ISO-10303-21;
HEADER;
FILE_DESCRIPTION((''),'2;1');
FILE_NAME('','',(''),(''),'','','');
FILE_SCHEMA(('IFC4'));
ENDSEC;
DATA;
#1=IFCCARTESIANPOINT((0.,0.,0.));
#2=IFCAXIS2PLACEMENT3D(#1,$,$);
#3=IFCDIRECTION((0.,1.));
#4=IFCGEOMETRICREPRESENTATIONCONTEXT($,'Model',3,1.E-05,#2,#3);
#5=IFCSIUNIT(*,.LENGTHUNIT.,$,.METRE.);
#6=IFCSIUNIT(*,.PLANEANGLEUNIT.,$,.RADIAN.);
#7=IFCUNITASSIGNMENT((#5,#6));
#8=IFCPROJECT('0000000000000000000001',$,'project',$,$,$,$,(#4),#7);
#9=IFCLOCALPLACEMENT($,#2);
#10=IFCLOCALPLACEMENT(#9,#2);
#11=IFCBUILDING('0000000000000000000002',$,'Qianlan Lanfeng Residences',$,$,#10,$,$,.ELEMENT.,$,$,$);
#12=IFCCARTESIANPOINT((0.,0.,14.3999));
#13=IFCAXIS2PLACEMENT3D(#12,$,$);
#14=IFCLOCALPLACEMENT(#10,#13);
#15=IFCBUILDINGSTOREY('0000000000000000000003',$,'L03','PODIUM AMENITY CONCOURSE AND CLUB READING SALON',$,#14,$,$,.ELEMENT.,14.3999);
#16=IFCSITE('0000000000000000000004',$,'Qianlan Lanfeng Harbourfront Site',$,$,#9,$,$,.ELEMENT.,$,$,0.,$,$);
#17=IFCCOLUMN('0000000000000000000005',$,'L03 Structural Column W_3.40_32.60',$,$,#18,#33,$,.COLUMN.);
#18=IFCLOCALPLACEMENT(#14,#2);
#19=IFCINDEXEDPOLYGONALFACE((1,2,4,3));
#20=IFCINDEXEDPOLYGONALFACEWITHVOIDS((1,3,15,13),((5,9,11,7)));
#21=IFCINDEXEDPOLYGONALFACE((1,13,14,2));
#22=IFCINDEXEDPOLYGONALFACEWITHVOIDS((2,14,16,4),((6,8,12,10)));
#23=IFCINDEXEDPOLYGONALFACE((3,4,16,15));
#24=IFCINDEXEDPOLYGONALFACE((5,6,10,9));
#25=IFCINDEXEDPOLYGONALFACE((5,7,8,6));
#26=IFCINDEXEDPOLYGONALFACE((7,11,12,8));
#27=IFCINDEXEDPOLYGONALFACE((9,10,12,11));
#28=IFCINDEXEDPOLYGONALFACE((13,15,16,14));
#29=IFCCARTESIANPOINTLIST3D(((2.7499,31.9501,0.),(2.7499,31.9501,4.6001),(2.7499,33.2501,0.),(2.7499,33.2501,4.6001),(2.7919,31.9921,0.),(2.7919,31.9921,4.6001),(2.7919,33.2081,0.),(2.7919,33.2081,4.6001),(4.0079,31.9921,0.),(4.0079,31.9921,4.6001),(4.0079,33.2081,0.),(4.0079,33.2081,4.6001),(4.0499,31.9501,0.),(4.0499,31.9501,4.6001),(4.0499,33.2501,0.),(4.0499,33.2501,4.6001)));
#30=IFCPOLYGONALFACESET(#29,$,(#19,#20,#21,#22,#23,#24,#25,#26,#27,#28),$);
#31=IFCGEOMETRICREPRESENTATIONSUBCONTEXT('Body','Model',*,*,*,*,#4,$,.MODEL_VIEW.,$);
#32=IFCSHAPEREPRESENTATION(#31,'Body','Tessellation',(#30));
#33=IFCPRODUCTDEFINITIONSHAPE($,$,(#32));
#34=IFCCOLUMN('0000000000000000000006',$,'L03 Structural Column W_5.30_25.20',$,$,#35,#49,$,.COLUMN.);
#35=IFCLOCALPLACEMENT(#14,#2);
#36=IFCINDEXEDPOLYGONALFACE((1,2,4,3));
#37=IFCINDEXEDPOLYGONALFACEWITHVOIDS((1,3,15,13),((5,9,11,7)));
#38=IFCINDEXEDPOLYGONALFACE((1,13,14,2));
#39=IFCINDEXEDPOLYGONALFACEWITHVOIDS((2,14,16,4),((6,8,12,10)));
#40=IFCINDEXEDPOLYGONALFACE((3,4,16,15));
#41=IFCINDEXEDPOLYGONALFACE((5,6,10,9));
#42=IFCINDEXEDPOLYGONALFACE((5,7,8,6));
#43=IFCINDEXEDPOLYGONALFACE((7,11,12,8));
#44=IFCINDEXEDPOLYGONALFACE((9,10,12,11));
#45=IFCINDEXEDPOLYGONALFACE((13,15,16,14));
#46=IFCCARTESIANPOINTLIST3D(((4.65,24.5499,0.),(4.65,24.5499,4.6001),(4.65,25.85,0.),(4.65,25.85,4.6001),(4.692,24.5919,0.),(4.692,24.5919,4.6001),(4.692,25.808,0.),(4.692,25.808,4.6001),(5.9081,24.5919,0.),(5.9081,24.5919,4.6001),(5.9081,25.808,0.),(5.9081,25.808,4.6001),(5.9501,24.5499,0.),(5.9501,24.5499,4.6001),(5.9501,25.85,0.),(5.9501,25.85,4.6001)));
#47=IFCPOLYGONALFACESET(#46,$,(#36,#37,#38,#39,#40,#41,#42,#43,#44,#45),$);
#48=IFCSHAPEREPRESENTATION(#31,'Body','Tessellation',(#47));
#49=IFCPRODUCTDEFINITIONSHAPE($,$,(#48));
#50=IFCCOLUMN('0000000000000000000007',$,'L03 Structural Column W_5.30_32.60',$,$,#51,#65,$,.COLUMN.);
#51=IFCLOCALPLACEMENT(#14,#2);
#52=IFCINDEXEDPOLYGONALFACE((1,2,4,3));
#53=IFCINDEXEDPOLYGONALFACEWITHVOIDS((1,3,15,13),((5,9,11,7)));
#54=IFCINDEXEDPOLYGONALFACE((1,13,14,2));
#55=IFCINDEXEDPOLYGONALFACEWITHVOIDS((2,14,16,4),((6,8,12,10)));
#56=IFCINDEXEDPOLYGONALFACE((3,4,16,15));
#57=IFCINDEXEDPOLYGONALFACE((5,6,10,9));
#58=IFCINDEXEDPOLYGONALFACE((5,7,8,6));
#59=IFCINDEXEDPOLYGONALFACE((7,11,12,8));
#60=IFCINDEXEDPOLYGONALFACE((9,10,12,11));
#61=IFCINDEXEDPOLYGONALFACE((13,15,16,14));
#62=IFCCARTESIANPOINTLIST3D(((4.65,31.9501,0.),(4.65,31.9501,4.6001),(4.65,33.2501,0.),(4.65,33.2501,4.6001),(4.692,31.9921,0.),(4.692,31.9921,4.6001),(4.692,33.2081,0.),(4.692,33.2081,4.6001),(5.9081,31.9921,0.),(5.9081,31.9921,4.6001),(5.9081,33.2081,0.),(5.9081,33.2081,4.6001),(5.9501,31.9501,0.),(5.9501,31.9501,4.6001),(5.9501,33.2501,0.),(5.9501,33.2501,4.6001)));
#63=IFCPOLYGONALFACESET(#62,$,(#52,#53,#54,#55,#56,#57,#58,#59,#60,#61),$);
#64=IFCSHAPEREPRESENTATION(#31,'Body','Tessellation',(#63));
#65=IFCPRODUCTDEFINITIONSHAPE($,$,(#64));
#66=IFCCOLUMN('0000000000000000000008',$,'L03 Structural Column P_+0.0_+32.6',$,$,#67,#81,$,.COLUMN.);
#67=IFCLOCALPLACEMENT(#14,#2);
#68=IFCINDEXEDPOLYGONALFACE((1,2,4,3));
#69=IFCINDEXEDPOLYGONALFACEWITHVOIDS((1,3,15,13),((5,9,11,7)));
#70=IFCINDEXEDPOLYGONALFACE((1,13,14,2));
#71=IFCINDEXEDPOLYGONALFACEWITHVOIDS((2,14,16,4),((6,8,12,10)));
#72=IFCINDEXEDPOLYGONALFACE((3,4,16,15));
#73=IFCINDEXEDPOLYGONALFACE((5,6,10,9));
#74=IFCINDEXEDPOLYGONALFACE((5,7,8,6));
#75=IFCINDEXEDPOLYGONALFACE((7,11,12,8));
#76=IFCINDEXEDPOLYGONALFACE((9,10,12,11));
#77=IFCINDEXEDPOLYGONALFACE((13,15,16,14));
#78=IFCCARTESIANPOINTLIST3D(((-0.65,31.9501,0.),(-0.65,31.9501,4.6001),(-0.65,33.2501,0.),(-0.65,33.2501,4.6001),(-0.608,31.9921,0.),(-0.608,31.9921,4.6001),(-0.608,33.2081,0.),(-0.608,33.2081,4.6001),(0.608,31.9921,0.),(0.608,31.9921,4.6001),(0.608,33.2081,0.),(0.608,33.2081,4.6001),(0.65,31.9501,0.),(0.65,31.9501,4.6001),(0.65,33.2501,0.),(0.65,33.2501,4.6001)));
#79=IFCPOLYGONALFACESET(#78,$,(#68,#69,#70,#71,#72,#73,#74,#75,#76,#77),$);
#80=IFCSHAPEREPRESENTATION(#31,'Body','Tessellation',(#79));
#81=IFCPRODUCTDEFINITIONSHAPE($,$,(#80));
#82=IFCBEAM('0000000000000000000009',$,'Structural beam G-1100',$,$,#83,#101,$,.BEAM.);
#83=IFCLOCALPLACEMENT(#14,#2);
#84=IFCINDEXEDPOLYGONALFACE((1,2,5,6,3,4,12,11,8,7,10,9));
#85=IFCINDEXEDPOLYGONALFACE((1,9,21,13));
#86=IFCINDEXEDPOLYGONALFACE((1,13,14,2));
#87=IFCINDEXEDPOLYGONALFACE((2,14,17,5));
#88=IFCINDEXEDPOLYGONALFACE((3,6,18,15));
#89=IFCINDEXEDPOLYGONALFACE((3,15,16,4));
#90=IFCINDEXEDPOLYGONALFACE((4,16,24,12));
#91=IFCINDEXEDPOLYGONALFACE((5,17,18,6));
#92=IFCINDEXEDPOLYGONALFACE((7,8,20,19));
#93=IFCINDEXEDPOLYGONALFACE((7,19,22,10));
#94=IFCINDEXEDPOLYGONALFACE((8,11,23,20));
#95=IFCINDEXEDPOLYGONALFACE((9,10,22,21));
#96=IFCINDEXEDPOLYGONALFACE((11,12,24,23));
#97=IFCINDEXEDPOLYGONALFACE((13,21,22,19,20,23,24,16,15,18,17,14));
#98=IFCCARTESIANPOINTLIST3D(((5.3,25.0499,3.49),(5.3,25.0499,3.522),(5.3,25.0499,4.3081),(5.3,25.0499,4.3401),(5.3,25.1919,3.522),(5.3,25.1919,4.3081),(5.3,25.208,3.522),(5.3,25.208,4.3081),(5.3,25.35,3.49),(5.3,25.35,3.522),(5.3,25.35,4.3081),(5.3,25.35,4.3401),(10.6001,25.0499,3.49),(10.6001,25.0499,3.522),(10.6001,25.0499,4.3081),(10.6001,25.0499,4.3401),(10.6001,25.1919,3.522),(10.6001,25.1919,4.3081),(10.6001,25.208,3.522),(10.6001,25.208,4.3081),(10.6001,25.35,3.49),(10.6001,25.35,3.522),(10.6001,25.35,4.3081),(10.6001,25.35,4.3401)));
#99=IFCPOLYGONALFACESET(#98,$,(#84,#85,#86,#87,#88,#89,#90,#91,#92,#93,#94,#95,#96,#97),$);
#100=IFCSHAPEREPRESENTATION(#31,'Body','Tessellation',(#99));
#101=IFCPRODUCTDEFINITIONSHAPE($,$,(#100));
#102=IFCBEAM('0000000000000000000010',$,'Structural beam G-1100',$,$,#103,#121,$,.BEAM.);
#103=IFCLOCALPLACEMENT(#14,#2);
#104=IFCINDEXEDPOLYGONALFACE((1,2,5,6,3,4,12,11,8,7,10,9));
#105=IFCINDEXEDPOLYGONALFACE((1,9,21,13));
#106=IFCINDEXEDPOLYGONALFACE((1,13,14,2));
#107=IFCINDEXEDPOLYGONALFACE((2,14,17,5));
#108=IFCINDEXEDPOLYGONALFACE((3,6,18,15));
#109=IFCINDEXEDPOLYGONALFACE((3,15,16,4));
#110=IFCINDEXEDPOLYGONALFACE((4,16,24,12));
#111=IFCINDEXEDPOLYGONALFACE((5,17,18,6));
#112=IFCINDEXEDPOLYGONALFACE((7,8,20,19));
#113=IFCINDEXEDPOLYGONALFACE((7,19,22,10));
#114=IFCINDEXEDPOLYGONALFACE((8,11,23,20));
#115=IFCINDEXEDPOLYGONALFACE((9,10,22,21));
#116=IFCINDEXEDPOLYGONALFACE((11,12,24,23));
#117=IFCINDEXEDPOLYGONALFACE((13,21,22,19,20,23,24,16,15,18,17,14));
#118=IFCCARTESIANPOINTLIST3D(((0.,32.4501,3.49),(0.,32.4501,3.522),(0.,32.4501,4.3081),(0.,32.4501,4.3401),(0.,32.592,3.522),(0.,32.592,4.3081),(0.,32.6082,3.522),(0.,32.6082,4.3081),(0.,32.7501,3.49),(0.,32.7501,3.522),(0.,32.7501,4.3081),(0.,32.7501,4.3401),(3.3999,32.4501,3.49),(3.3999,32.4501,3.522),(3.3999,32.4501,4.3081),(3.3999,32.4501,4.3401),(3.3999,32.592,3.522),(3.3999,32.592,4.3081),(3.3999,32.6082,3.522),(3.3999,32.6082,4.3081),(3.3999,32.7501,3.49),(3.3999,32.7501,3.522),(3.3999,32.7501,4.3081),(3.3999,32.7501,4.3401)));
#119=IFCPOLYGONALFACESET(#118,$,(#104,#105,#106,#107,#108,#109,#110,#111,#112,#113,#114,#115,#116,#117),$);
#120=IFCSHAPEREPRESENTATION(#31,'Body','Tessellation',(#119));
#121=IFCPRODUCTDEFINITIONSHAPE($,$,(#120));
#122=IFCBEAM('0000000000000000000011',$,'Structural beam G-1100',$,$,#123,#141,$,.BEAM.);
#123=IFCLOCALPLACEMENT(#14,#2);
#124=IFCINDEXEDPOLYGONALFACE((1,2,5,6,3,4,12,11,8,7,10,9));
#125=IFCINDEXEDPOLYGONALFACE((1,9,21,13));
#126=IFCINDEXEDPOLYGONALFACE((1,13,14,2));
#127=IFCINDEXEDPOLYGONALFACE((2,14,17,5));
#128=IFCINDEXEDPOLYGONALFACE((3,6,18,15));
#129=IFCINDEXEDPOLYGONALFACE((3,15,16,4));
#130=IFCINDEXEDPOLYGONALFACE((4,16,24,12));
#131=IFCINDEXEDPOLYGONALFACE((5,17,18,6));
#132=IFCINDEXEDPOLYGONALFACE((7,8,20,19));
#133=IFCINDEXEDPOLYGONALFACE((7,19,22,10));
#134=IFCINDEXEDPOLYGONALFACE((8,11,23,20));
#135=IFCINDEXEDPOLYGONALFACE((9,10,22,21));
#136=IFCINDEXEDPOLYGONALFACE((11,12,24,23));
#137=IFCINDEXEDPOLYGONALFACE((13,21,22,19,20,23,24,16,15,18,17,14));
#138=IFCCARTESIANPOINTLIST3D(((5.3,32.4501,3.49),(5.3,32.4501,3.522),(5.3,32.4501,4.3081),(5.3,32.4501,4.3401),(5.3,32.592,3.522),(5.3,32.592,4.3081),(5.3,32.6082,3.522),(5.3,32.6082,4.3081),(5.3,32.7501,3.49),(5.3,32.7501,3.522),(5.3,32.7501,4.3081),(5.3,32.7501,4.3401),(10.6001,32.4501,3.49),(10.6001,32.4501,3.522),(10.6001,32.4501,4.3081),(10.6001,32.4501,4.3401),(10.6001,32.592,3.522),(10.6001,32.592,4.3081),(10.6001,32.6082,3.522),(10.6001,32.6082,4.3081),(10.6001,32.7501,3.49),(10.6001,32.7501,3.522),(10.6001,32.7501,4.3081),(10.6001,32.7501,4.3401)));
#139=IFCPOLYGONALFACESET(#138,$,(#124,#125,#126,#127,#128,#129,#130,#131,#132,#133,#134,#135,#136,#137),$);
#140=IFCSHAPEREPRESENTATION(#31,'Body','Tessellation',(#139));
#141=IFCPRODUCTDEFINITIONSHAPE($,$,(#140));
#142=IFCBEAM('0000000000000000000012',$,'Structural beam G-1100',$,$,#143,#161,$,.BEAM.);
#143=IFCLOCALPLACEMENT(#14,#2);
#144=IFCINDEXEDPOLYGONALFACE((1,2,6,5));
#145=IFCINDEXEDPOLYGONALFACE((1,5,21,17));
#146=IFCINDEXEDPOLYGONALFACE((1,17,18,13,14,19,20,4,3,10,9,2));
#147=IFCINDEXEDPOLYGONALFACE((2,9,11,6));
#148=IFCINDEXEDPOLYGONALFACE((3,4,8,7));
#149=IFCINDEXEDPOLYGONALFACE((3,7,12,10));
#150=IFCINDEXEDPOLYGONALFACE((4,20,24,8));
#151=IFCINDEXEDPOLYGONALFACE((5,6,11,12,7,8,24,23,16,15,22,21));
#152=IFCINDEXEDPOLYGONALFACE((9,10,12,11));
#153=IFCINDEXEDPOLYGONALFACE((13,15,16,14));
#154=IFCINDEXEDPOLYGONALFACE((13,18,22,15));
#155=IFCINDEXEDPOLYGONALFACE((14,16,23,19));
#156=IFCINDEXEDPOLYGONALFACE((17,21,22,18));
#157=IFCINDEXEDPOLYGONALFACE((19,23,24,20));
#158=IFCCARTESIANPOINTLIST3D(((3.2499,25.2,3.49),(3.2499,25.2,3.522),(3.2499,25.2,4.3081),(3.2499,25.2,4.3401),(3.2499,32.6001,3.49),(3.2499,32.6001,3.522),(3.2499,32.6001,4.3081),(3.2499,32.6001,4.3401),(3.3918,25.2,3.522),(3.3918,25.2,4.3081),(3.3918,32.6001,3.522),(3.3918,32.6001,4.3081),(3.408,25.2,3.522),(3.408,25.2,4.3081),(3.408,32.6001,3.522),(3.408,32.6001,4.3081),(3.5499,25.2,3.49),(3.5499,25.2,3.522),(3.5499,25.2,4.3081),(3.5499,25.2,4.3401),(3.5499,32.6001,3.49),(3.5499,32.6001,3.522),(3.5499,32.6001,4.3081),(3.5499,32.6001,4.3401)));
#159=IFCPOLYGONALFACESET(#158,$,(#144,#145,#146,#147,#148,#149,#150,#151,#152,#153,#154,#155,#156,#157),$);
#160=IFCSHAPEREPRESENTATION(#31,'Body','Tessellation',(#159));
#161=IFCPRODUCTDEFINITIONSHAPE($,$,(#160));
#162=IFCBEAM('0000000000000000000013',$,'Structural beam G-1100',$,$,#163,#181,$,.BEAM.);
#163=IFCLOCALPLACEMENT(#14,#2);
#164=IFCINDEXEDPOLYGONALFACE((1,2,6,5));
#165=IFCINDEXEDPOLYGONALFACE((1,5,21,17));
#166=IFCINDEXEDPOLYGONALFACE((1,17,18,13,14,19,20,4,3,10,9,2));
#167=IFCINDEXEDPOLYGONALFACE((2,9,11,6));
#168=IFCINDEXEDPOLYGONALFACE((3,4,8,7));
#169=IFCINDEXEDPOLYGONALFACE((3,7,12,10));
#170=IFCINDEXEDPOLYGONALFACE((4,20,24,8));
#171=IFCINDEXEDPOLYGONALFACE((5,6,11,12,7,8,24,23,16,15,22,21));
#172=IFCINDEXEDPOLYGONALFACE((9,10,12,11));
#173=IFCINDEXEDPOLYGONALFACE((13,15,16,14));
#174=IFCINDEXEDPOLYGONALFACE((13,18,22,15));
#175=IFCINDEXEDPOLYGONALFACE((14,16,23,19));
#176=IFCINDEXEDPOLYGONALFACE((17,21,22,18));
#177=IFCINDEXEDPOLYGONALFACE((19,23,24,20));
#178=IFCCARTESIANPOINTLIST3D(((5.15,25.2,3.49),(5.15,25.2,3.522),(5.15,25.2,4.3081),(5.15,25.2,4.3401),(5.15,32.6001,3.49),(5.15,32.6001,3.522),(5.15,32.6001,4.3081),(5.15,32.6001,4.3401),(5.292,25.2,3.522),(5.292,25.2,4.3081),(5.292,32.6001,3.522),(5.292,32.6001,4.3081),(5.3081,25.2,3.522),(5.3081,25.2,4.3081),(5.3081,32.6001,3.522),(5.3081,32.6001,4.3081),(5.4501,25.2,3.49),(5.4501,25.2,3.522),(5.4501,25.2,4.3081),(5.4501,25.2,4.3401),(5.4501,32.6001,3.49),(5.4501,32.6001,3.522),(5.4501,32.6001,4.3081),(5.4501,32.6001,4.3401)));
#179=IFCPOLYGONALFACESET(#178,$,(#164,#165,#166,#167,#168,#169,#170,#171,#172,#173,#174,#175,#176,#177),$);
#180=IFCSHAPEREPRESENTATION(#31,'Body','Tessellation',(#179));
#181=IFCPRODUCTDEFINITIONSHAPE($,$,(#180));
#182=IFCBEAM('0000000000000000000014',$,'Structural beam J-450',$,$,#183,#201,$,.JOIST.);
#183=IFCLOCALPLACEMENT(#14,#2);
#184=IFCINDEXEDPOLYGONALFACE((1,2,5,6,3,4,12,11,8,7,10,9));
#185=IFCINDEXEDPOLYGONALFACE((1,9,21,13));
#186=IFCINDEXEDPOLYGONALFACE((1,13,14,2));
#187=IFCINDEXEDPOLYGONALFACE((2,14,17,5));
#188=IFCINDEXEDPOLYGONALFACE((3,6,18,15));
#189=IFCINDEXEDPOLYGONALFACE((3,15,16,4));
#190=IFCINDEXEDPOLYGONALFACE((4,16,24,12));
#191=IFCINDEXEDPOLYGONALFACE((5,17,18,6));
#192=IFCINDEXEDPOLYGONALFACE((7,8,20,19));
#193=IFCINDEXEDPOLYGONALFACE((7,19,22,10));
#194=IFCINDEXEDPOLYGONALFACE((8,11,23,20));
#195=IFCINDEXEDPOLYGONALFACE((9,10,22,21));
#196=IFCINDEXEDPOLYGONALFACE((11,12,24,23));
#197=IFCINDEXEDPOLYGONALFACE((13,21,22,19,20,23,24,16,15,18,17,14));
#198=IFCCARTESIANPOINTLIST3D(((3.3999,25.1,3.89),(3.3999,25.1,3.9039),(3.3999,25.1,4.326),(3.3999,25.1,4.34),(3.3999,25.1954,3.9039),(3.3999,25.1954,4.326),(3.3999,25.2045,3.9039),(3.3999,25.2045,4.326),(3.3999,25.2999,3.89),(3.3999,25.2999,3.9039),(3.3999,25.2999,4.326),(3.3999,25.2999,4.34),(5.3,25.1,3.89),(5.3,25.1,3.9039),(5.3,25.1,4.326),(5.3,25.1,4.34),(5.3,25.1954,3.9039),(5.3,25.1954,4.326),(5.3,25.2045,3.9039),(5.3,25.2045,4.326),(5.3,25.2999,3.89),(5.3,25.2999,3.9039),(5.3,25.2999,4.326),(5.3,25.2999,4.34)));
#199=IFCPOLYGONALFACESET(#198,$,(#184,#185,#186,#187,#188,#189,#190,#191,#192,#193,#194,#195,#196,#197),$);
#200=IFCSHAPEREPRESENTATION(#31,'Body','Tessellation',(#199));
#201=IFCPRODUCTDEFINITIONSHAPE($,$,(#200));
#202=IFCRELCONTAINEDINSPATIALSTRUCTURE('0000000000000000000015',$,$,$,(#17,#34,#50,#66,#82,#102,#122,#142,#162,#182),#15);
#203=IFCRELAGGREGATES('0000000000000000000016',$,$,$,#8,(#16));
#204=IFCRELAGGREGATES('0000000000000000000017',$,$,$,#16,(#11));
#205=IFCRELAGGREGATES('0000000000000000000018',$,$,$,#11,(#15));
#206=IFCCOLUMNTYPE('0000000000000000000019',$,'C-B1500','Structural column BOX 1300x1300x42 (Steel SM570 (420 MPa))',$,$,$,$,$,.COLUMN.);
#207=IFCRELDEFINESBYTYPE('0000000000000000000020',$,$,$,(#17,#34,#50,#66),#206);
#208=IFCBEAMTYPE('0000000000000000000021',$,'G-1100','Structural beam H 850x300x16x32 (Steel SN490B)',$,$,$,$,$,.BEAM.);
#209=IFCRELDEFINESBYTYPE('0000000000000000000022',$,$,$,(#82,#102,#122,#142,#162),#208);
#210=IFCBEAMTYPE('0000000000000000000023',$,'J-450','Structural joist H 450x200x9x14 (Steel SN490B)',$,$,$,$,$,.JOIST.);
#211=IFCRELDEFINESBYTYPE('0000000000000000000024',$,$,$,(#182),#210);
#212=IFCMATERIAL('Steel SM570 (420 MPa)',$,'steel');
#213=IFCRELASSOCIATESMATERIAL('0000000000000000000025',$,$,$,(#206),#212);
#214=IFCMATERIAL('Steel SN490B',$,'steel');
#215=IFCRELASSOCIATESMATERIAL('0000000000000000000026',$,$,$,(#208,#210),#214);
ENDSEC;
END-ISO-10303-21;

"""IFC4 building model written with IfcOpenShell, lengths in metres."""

from ifc_helpers import new_model, si_unit, direction, frame, origin, origin_2d, place, context, subcontext, project, spatial, hollow_rectangle, i_section, extrude, material, material_profile, profile_set, type_object, element, save


model = new_model("IFC4")

# Units and contexts
model_context = context("Model", 3, precision=1e-05, world=origin(), true_north=direction((0.0, 1.0)))
body_context = subcontext(model_context, "Body", "Model", "MODEL_VIEW")
ifc_project = project(units=[si_unit("LENGTHUNIT", "METRE"), si_unit("PLANEANGLEUNIT", "RADIAN")], contexts=[model_context])

# Site, building, storey
site_placement = place(None, origin())
site = spatial("IfcSite", under=ifc_project, at=site_placement, Name="Qianlan Lanfeng Harbourfront Site", CompositionType="ELEMENT", RefElevation=0.0)
building_placement = place(site_placement, origin())
building = spatial("IfcBuilding", under=site, at=building_placement, Name="Qianlan Lanfeng Residences", CompositionType="ELEMENT")
storey_placement = place(building_placement, frame((0.0, 0.0, 14.3999)))
storey = spatial("IfcBuildingStorey", under=building, at=storey_placement, Name="L03", Description="PODIUM AMENITY CONCOURSE AND CLUB READING SALON", CompositionType="ELEMENT", Elevation=14.3999)

# Columns
ifc_material_1 = material(Name="Steel SM570 (420 MPa)", Category="steel")
ifc_material_profile_1 = material_profile(ifc_material_1, hollow_rectangle(XDim=1.3, YDim=1.3, WallThickness=0.042, at=origin_2d()), Name="BOX 1300x1300x42")
ifc_profile_set_1 = profile_set([ifc_material_profile_1], Name="Steel SM570 (420 MPa)")
column_type = type_object("IfcColumnType", Name="C-B1500", Description="Structural column BOX 1300x1300x42 (Steel SM570 (420 MPa))", PredefinedType="COLUMN", material=ifc_profile_set_1)
for number, where, z_axis, x_axis, name in (
    (1, (3.3999, 32.6001, 0.0), (0.0, 0.0, 1.0), (1.0, 0.0, 0.0), "L03 Structural Column W_3.40_32.60"),
    (2, (5.3, 25.2, 0.0), (0.0, 0.0, 1.0), (1.0, 0.0, 0.0), "L03 Structural Column W_5.30_25.20"),
    (3, (5.3, 32.6001, 0.0), (0.0, 0.0, 1.0), (1.0, 0.0, 0.0), "L03 Structural Column W_5.30_32.60"),
    (4, (0.0, 32.6001, 0.0), (0.0, 0.0, 1.0), (1.0, 0.0, 0.0), "L03 Structural Column P_+0.0_+32.6"),
):
    element("IfcColumn", number, at=place(storey_placement, frame(where, z_axis=z_axis, x_axis=x_axis)), inside=storey, type_object=column_type, Name=name, PredefinedType="COLUMN", context=body_context, shape_type="SweptSolid", body=[
        extrude(hollow_rectangle(XDim=1.3, YDim=1.3, WallThickness=0.042, at=origin_2d()), origin(), (0.0, 0.0, 1.0), 4.6001),
    ])

# Beams
ifc_material_2 = material(Name="Steel SN490B", Category="steel")
ifc_material_profile_2 = material_profile(ifc_material_2, i_section(OverallWidth=0.3, OverallDepth=0.8501, WebThickness=0.0161, FlangeThickness=0.032, at=origin_2d()), Name="H 850x300x16x32")
ifc_profile_set_2 = profile_set([ifc_material_profile_2], Name="Steel SN490B")
beam_type_1 = type_object("IfcBeamType", Name="G-1100", Description="Structural beam H 850x300x16x32 (Steel SN490B)", PredefinedType="BEAM", material=ifc_profile_set_2)
beam_1_placement = place(storey_placement, frame((5.3, 25.2, 3.915), z_axis=(1.0, 0.0, 0.0), x_axis=(0.0, 1.0, 0.0)))
element("IfcBeam", 5, at=beam_1_placement, inside=storey, type_object=beam_type_1, Name="Structural beam G-1100", PredefinedType="BEAM", context=body_context, shape_type="SweptSolid", body=[
    extrude(i_section(OverallWidth=0.3, OverallDepth=0.8501, WebThickness=0.0161, FlangeThickness=0.032, at=origin_2d()), origin(), (0.0, 0.0, 1.0), 5.3),
])
beam_2_placement = place(storey_placement, frame((0.0, 32.6001, 3.915), z_axis=(1.0, 0.0, 0.0), x_axis=(0.0, 1.0, 0.0)))
element("IfcBeam", 6, at=beam_2_placement, inside=storey, type_object=beam_type_1, Name="Structural beam G-1100", PredefinedType="BEAM", context=body_context, shape_type="SweptSolid", body=[
    extrude(i_section(OverallWidth=0.3, OverallDepth=0.8501, WebThickness=0.0161, FlangeThickness=0.032, at=origin_2d()), origin(), (0.0, 0.0, 1.0), 3.3999),
])
beam_3_placement = place(storey_placement, frame((5.3, 32.6001, 3.915), z_axis=(1.0, 0.0, 0.0), x_axis=(0.0, 1.0, 0.0)))
element("IfcBeam", 7, at=beam_3_placement, inside=storey, type_object=beam_type_1, Name="Structural beam G-1100", PredefinedType="BEAM", context=body_context, shape_type="SweptSolid", body=[
    extrude(i_section(OverallWidth=0.3, OverallDepth=0.8501, WebThickness=0.0161, FlangeThickness=0.032, at=origin_2d()), origin(), (0.0, 0.0, 1.0), 5.3),
])
for number, where, z_axis, x_axis, name in (
    (8, (3.3999, 25.2, 3.915), (0.0, 1.0, 0.0), (-1.0, 0.0, 0.0), "Structural beam G-1100"),
    (9, (5.3, 25.2, 3.915), (0.0, 1.0, 0.0), (-1.0, 0.0, 0.0), "Structural beam G-1100"),
):
    element("IfcBeam", number, at=place(storey_placement, frame(where, z_axis=z_axis, x_axis=x_axis)), inside=storey, type_object=beam_type_1, Name=name, PredefinedType="BEAM", context=body_context, shape_type="SweptSolid", body=[
        extrude(i_section(OverallWidth=0.3, OverallDepth=0.8501, WebThickness=0.0161, FlangeThickness=0.032, at=origin_2d()), origin(), (0.0, 0.0, 1.0), 7.4001),
    ])
ifc_material_profile_3 = material_profile(ifc_material_2, i_section(OverallWidth=0.2, OverallDepth=0.45, WebThickness=0.009, FlangeThickness=0.0139, at=origin_2d()), Name="H 450x200x9x14")
ifc_profile_set_3 = profile_set([ifc_material_profile_3], Name="Steel SN490B")
beam_type_2 = type_object("IfcBeamType", Name="J-450", Description="Structural joist H 450x200x9x14 (Steel SN490B)", PredefinedType="JOIST", material=ifc_profile_set_3)
for number, where, z_axis, x_axis, name in (
    (10, (3.3999, 25.2, 4.115), (1.0, 0.0, 0.0), (0.0, 1.0, 0.0), "Structural beam J-450"),
):
    element("IfcBeam", number, at=place(storey_placement, frame(where, z_axis=z_axis, x_axis=x_axis)), inside=storey, type_object=beam_type_2, Name=name, PredefinedType="JOIST", context=body_context, shape_type="SweptSolid", body=[
        extrude(i_section(OverallWidth=0.2, OverallDepth=0.45, WebThickness=0.009, FlangeThickness=0.0139, at=origin_2d()), origin(), (0.0, 0.0, 1.0), 1.9001),
    ])

save(model, "model.ifc")
